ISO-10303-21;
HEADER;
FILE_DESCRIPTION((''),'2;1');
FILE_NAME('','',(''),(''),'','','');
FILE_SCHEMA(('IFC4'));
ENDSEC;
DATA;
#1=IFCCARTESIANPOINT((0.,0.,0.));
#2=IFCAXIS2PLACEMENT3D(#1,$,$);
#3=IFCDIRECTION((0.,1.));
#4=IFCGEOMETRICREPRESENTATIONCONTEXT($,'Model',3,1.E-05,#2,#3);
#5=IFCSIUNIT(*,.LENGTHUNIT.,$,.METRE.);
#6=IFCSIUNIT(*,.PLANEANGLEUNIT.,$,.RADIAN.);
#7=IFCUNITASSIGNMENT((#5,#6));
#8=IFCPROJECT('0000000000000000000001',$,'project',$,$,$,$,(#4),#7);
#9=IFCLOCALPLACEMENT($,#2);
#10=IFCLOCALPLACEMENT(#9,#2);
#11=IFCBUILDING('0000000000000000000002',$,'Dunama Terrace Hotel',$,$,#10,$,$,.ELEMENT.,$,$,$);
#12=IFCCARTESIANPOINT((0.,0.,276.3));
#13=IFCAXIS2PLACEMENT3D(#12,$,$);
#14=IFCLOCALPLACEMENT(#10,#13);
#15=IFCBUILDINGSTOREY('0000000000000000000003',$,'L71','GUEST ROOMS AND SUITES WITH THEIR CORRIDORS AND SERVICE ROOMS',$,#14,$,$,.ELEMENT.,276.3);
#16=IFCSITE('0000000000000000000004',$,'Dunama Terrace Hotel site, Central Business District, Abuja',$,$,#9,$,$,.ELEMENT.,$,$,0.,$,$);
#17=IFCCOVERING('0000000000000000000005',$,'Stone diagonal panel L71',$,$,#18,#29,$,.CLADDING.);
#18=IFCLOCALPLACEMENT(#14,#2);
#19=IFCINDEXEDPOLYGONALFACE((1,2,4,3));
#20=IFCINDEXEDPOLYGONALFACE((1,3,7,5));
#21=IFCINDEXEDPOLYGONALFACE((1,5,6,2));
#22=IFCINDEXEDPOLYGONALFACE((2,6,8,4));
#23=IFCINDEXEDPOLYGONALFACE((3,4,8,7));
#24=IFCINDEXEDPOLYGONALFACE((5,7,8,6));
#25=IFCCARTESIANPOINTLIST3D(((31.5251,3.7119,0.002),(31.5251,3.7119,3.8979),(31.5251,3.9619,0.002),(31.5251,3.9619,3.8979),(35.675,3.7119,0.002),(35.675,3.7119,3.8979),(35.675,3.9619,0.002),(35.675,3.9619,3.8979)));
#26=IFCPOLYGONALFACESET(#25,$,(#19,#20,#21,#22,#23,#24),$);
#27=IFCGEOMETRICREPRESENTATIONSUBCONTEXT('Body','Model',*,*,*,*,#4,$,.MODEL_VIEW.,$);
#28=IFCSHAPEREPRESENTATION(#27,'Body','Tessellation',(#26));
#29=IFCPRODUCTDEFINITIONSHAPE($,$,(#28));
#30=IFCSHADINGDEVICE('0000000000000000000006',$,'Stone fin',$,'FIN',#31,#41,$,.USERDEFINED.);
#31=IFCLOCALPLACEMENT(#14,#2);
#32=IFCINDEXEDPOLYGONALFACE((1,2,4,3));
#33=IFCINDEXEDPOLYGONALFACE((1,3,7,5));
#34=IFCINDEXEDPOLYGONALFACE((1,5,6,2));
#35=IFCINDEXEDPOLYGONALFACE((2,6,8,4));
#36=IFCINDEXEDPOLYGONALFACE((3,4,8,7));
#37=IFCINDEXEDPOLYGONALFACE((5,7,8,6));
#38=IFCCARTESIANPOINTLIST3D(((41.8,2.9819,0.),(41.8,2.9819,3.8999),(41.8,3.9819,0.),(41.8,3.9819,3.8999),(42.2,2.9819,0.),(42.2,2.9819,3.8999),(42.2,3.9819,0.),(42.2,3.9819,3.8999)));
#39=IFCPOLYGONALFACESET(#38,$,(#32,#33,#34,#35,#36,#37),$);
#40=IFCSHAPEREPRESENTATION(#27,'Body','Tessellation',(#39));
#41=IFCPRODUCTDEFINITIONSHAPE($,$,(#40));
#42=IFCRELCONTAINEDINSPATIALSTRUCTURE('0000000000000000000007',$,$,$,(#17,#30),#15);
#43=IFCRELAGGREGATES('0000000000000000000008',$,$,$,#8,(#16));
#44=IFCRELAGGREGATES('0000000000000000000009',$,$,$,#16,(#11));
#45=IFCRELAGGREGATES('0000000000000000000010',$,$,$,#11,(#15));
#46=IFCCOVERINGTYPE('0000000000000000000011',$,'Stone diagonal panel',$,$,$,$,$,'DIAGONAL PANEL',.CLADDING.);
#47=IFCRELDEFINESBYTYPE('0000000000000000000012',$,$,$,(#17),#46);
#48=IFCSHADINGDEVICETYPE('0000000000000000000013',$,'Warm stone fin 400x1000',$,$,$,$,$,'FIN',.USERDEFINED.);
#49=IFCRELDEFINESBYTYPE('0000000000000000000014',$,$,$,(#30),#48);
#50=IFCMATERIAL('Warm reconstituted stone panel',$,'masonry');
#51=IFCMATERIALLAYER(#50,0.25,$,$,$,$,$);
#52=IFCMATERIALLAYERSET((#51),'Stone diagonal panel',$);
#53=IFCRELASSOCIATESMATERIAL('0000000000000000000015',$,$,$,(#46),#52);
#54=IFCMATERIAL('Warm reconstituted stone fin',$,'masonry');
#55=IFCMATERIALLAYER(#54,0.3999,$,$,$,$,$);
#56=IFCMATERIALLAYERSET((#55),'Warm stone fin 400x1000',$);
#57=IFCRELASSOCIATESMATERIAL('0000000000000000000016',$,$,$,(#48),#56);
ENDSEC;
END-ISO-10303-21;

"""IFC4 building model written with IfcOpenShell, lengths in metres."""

from ifc_helpers import new_model, si_unit, direction, frame, origin, origin_2d, place, context, subcontext, project, spatial, rectangle, extrude, material, layer, layer_set, type_object, element, save


model = new_model("IFC4")

# Units and contexts
model_context = context("Model", 3, precision=1e-05, world=origin(), true_north=direction((0.0, 1.0)))
body_context = subcontext(model_context, "Body", "Model", "MODEL_VIEW")
ifc_project = project(units=[si_unit("LENGTHUNIT", "METRE"), si_unit("PLANEANGLEUNIT", "RADIAN")], contexts=[model_context])

# Site, building, storey
site_placement = place(None, origin())
site = spatial("IfcSite", under=ifc_project, at=site_placement, Name="Dunama Terrace Hotel site, Central Business District, Abuja", CompositionType="ELEMENT", RefElevation=0.0)
building_placement = place(site_placement, origin())
building = spatial("IfcBuilding", under=site, at=building_placement, Name="Dunama Terrace Hotel", CompositionType="ELEMENT")
storey_placement = place(building_placement, frame((0.0, 0.0, 276.3)))
storey = spatial("IfcBuildingStorey", under=building, at=storey_placement, Name="L71", Description="GUEST ROOMS AND SUITES WITH THEIR CORRIDORS AND SERVICE ROOMS", CompositionType="ELEMENT", Elevation=276.3)

# Covering
ifc_material_1 = material(Name="Warm reconstituted stone panel", Category="masonry")
ifc_layer_1 = layer(ifc_material_1, 0.25)
ifc_layer_set_1 = layer_set([ifc_layer_1], Name="Stone diagonal panel")
covering_type = type_object("IfcCoveringType", Name="Stone diagonal panel", ElementType="DIAGONAL PANEL", PredefinedType="CLADDING", material=ifc_layer_set_1)
covering_placement = place(storey_placement, frame((33.6001, 3.8369, 0.002), z_axis=(0.0, 0.0, 1.0), x_axis=(1.0, 0.0, 0.0)))
element("IfcCovering", 1, at=covering_placement, inside=storey, type_object=covering_type, Name="Stone diagonal panel L71", PredefinedType="CLADDING", context=body_context, shape_type="SweptSolid", body=[
    extrude(rectangle(XDim=4.1499, YDim=0.25, at=origin_2d()), origin(), (0.0, 0.0, 1.0), 3.896),
])

# Shading device
ifc_material_2 = material(Name="Warm reconstituted stone fin", Category="masonry")
ifc_layer_2 = layer(ifc_material_2, 0.3999)
ifc_layer_set_2 = layer_set([ifc_layer_2], Name="Warm stone fin 400x1000")
shading_device_type = type_object("IfcShadingDeviceType", Name="Warm stone fin 400x1000", ElementType="FIN", PredefinedType="USERDEFINED", material=ifc_layer_set_2)
shading_device_placement = place(storey_placement, frame((42.0, 3.4819, 0.0), z_axis=(0.0, 0.0, 1.0), x_axis=(1.0, 0.0, 0.0)))
element("IfcShadingDevice", 2, at=shading_device_placement, inside=storey, type_object=shading_device_type, Name="Stone fin", ObjectType="FIN", PredefinedType="USERDEFINED", context=body_context, shape_type="SweptSolid", body=[
    extrude(rectangle(XDim=0.3999, YDim=1.0, at=origin_2d()), origin(), (0.0, 0.0, 1.0), 3.8999),
])

save(model, "model.ifc")
